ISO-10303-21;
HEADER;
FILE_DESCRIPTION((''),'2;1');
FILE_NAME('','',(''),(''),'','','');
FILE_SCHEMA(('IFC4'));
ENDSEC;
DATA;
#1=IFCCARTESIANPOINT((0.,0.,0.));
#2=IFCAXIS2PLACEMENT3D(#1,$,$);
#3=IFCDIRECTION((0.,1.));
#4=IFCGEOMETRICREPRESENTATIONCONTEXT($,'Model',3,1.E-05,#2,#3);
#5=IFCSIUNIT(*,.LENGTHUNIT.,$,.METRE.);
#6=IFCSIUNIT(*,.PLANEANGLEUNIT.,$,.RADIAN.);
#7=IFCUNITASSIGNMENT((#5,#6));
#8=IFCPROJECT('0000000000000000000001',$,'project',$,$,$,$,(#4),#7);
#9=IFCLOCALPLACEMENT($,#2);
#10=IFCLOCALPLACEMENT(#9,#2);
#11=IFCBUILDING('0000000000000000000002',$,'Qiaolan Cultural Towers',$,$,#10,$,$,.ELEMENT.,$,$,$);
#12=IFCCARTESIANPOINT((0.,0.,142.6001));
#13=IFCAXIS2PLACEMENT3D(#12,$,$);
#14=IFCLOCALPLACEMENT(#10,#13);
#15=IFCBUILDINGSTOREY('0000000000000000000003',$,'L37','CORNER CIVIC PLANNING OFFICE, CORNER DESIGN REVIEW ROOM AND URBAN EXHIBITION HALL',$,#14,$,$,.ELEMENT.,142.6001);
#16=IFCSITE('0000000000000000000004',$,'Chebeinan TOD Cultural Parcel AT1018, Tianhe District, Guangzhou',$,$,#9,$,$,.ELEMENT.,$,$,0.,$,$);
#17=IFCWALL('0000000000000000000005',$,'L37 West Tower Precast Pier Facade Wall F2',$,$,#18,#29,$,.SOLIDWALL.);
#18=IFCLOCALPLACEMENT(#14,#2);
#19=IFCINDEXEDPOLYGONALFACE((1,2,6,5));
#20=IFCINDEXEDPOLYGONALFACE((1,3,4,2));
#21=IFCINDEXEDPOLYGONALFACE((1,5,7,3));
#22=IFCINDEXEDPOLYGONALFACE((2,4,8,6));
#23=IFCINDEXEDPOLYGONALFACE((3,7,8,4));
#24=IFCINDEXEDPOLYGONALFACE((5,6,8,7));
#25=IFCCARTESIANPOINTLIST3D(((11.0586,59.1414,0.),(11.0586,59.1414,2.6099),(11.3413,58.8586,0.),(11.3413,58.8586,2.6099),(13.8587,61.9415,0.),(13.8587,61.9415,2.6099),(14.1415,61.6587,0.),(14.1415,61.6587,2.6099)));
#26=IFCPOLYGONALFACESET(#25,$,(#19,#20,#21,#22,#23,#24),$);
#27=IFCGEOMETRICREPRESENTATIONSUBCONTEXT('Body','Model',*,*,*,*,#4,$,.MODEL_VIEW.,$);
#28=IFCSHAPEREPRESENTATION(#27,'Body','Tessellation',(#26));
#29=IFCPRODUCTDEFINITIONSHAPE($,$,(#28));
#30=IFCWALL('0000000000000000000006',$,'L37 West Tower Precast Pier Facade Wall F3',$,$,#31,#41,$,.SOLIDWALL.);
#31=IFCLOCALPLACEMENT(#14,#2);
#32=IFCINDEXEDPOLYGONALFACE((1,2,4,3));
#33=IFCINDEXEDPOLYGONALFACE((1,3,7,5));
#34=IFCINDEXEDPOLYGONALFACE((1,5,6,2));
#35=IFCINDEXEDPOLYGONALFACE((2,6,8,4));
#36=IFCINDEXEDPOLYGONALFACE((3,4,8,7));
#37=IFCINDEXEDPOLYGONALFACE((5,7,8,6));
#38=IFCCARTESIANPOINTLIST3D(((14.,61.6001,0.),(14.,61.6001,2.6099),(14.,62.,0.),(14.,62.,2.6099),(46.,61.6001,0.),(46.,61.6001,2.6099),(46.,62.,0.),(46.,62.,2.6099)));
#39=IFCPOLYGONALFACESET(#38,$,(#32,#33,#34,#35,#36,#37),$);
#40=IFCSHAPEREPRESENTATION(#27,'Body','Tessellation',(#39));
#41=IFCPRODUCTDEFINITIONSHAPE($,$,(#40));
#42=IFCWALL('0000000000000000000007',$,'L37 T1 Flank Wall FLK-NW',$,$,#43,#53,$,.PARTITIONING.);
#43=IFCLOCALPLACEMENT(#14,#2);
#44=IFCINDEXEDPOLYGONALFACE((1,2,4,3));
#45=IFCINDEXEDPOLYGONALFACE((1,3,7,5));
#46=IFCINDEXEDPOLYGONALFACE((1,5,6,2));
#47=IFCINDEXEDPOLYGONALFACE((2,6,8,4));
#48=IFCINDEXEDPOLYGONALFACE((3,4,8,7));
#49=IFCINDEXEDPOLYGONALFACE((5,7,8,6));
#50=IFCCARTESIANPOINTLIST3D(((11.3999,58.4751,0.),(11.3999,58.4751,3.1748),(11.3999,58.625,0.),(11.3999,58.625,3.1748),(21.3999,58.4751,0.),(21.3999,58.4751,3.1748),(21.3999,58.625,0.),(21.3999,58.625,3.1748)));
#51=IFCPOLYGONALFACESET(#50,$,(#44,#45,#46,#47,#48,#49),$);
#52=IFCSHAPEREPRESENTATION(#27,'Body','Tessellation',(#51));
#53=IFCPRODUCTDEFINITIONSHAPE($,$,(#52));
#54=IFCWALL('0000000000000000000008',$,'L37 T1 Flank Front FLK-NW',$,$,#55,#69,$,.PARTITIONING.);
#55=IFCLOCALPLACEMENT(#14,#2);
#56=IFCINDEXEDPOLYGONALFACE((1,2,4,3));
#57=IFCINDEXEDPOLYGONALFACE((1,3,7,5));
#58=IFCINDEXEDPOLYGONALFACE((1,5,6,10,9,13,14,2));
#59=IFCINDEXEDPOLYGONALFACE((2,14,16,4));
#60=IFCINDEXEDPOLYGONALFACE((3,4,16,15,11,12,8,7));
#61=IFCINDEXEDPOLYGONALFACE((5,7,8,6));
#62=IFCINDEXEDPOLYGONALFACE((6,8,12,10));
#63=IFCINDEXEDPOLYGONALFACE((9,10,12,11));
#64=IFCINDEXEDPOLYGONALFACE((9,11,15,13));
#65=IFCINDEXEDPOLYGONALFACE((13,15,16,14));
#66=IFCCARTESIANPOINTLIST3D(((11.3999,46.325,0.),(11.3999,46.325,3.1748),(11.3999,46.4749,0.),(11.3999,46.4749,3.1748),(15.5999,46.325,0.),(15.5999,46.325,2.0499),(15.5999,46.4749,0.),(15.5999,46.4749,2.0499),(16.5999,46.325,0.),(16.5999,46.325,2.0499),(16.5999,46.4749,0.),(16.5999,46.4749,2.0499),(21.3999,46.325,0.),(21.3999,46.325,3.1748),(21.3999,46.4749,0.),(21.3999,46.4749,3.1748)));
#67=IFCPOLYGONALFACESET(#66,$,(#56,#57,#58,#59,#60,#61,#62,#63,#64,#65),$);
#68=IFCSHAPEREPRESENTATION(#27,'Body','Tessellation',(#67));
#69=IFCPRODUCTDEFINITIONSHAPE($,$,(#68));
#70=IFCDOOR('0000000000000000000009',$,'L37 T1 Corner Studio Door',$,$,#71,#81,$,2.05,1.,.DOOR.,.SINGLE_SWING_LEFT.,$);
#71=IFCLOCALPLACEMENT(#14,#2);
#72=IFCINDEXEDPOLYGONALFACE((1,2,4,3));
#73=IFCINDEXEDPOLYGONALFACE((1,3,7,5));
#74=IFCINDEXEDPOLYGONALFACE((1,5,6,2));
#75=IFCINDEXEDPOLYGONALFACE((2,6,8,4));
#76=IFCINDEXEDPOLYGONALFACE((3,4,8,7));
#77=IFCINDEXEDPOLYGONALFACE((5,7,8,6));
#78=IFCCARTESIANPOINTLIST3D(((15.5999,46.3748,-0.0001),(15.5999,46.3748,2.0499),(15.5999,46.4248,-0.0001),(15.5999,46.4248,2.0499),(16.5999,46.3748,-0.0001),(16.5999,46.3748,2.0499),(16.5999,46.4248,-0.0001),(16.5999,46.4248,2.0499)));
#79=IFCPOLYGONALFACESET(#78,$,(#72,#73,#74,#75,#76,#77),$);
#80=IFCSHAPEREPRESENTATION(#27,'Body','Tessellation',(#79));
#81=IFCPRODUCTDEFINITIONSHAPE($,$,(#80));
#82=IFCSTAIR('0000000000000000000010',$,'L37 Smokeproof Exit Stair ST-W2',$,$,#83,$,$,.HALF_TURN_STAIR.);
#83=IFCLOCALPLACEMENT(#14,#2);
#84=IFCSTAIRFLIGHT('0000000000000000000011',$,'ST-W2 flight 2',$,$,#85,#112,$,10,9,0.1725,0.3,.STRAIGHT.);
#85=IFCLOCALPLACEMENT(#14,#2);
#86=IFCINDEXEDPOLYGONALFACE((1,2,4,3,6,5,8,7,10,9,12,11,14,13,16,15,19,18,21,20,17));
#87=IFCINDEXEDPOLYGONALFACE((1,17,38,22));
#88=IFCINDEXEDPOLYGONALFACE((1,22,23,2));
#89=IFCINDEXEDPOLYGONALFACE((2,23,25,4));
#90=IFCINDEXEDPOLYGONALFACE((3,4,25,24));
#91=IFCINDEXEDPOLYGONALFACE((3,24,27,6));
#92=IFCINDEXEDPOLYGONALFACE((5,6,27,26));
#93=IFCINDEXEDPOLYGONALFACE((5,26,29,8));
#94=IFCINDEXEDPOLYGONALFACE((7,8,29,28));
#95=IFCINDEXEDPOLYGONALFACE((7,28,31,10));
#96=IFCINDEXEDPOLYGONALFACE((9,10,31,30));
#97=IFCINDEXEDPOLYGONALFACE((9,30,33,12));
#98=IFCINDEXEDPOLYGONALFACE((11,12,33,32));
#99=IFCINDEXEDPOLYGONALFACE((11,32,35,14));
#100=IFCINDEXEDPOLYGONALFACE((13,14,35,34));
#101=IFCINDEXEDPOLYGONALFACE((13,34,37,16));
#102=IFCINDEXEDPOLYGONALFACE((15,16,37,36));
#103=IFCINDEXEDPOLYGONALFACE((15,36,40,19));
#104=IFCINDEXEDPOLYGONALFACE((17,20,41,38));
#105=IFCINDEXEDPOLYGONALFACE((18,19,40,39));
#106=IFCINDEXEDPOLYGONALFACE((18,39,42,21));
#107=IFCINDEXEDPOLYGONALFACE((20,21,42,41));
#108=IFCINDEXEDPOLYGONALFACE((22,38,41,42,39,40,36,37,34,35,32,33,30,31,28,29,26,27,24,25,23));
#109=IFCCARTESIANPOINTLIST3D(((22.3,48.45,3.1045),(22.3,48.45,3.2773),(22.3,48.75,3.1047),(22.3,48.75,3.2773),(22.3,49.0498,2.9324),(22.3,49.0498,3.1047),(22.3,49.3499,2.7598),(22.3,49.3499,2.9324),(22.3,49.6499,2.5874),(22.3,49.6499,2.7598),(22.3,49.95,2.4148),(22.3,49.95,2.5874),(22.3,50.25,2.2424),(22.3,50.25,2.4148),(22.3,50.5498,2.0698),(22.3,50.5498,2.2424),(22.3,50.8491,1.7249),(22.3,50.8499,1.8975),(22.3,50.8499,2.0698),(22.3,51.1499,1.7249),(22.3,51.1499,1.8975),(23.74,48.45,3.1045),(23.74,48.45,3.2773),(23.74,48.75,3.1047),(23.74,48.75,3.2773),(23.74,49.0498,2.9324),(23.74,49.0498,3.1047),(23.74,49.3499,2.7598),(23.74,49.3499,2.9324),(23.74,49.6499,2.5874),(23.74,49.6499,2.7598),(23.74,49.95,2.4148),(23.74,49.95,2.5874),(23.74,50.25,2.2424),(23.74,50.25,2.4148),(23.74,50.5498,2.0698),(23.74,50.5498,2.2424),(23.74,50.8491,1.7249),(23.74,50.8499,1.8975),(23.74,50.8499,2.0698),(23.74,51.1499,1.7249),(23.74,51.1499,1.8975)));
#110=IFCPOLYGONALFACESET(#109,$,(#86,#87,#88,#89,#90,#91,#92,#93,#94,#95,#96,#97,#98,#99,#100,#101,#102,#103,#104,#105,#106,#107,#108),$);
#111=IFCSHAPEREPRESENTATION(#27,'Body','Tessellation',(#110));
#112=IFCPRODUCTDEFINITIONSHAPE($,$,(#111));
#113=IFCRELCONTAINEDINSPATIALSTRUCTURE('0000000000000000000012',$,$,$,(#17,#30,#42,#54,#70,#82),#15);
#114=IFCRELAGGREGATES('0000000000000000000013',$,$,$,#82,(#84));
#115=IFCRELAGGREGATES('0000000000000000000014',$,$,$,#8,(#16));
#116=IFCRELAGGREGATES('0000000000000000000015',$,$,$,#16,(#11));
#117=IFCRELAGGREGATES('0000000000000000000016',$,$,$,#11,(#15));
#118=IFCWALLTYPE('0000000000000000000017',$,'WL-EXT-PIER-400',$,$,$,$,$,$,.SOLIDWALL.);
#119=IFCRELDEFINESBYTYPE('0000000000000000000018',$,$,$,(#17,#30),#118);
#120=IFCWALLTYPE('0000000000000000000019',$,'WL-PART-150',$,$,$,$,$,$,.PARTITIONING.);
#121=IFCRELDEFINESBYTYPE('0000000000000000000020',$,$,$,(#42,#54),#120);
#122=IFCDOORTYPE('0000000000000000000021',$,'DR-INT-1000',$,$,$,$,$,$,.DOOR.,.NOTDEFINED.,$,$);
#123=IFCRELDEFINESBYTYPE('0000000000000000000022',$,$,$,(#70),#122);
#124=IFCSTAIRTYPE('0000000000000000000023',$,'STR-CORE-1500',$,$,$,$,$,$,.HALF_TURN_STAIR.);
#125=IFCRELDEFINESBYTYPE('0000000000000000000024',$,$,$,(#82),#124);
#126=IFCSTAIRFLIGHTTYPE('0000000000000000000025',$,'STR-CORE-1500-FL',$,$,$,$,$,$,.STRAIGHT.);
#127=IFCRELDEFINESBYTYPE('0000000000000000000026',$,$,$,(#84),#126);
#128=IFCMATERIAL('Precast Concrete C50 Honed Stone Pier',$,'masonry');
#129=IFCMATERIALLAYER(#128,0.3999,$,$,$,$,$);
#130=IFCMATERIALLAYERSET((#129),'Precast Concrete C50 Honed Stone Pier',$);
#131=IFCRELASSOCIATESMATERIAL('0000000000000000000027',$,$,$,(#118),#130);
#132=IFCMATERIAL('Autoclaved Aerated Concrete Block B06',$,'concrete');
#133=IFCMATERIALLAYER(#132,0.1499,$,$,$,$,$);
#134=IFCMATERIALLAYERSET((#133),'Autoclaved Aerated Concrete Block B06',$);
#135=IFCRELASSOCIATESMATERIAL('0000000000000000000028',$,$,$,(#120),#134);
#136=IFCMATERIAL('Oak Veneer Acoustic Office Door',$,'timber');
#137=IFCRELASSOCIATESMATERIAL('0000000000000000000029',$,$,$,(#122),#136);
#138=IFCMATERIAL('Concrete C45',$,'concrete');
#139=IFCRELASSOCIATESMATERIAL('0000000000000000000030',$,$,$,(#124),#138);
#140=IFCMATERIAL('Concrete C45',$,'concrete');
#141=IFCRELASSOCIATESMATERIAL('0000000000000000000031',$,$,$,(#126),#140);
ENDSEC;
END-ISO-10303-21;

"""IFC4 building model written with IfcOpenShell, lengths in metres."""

from ifc_helpers import new_model, si_unit, direction, frame, frame_2d, origin, place, context, subcontext, project, spatial, polyline, rectangle, outline, extrude, material, layer, layer_set, type_object, element, fill, aggregate, save


model = new_model("IFC4")

# Units and contexts
model_context = context("Model", 3, precision=1e-05, world=origin(), true_north=direction((0.0, 1.0)))
body_context = subcontext(model_context, "Body", "Model", "MODEL_VIEW")
ifc_project = project(units=[si_unit("LENGTHUNIT", "METRE"), si_unit("PLANEANGLEUNIT", "RADIAN")], contexts=[model_context])

# Site, building, storey
site_placement = place(None, origin())
site = spatial("IfcSite", under=ifc_project, at=site_placement, Name="Chebeinan TOD Cultural Parcel AT1018, Tianhe District, Guangzhou", CompositionType="ELEMENT", RefElevation=0.0)
building_placement = place(site_placement, origin())
building = spatial("IfcBuilding", under=site, at=building_placement, Name="Qiaolan Cultural Towers", CompositionType="ELEMENT")
storey_placement = place(building_placement, frame((0.0, 0.0, 142.6001)))
storey = spatial("IfcBuildingStorey", under=building, at=storey_placement, Name="L37", Description="CORNER CIVIC PLANNING OFFICE, CORNER DESIGN REVIEW ROOM AND URBAN EXHIBITION HALL", CompositionType="ELEMENT", Elevation=142.6001)

# Walls
ifc_material_1 = material(Name="Precast Concrete C50 Honed Stone Pier", Category="masonry")
ifc_layer_1 = layer(ifc_material_1, 0.3999)
ifc_layer_set_1 = layer_set([ifc_layer_1], Name="Precast Concrete C50 Honed Stone Pier")
wall_type_1 = type_object("IfcWallType", Name="WL-EXT-PIER-400", PredefinedType="SOLIDWALL", material=ifc_layer_set_1)
wall_1_placement = place(storey_placement, frame((11.2, 59.0, 0.0), z_axis=(0.0, 0.0, 1.0), x_axis=(0.707107, 0.707107, 0.0)))
element("IfcWall", 1, at=wall_1_placement, inside=storey, type_object=wall_type_1, Name="L37 West Tower Precast Pier Facade Wall F2", PredefinedType="SOLIDWALL", context=body_context, shape_type="SweptSolid", body=[
    extrude(rectangle(XDim=3.96, YDim=0.3999, at=frame_2d((1.98, 0.0))), origin(), (0.0, 0.0, 1.0), 2.6099),
])
wall_2_placement = place(storey_placement, frame((14.0, 61.8, 0.0), z_axis=(0.0, 0.0, 1.0), x_axis=(1.0, 0.0, 0.0)))
element("IfcWall", 2, at=wall_2_placement, inside=storey, type_object=wall_type_1, Name="L37 West Tower Precast Pier Facade Wall F3", PredefinedType="SOLIDWALL", context=body_context, shape_type="SweptSolid", body=[
    extrude(rectangle(XDim=32.0, YDim=0.3999, at=frame_2d((16.0, 0.0))), origin(), (0.0, 0.0, 1.0), 2.6099),
])
ifc_material_2 = material(Name="Autoclaved Aerated Concrete Block B06", Category="concrete")
ifc_layer_2 = layer(ifc_material_2, 0.1499)
ifc_layer_set_2 = layer_set([ifc_layer_2], Name="Autoclaved Aerated Concrete Block B06")
wall_type_2 = type_object("IfcWallType", Name="WL-PART-150", PredefinedType="PARTITIONING", material=ifc_layer_set_2)
wall_3_placement = place(storey_placement, frame((11.3999, 58.55, 0.0), z_axis=(0.0, 0.0, 1.0), x_axis=(1.0, 0.0, 0.0)))
element("IfcWall", 3, at=wall_3_placement, inside=storey, type_object=wall_type_2, Name="L37 T1 Flank Wall FLK-NW", PredefinedType="PARTITIONING", context=body_context, shape_type="SweptSolid", body=[
    extrude(rectangle(XDim=10.0, YDim=0.1499, at=frame_2d((5.0, 0.0))), origin(), (0.0, 0.0, 1.0), 3.1748),
])

# Wall, opening, door
wall_4_placement = place(storey_placement, frame((11.3999, 46.3999, 0.0), z_axis=(0.0, 0.0, 1.0), x_axis=(1.0, 0.0, 0.0)))
wall_4 = element("IfcWall", 4, at=wall_4_placement, inside=storey, type_object=wall_type_2, Name="L37 T1 Flank Front FLK-NW", PredefinedType="PARTITIONING", context=body_context, shape_type="SweptSolid", body=[
    extrude(rectangle(XDim=10.0, YDim=0.1499, at=frame_2d((5.0, 0.0))), origin(), (0.0, 0.0, 1.0), 3.1748),
])
opening_placement = place(wall_4_placement, frame((4.2, 0.0, 0.0)))
opening = element("IfcOpeningElement", 5, at=opening_placement, cuts=wall_4, PredefinedType="OPENING", context=body_context, shape_type="SweptSolid", body=[
    extrude(rectangle(XDim=1.0, YDim=2.05, at=frame_2d((0.5, 1.0249))), frame((0.0, 0.085, 0.0), z_axis=(0.0, -1.0, 0.0), x_axis=(1.0, 0.0, 0.0)), (0.0, 0.0, 1.0), 0.1699),
])
ifc_material_3 = material(Name="Oak Veneer Acoustic Office Door", Category="timber")
door_type = type_object("IfcDoorType", Name="DR-INT-1000", OperationType="NOTDEFINED", PredefinedType="DOOR", material=ifc_material_3)
door_placement = place(opening_placement, origin())
door = element("IfcDoor", 6, at=door_placement, inside=storey, type_object=door_type, Name="L37 T1 Corner Studio Door", OperationType="SINGLE_SWING_LEFT", OverallHeight=2.05, OverallWidth=1.0, PredefinedType="DOOR", context=body_context, shape_type="SweptSolid", body=[
    extrude(rectangle(XDim=1.0, YDim=2.05, at=frame_2d((0.5, 1.0249))), frame((0.0, 0.0249, 0.0), z_axis=(0.0, -1.0, 0.0), x_axis=(1.0, 0.0, 0.0)), (0.0, 0.0, 1.0), 0.05),
])
fill(opening, door)

# Stair, stair flight
ifc_material_4 = material(Name="Concrete C45", Category="concrete")
stair_type = type_object("IfcStairType", Name="STR-CORE-1500", PredefinedType="HALF_TURN_STAIR", material=ifc_material_4)
stair_placement = place(storey_placement, origin())
stair = element("IfcStair", 7, at=stair_placement, inside=storey, type_object=stair_type, Name="L37 Smokeproof Exit Stair ST-W2", PredefinedType="HALF_TURN_STAIR")
ifc_material_5 = material(Name="Concrete C45", Category="concrete")
stair_flight_type = type_object("IfcStairFlightType", Name="STR-CORE-1500-FL", PredefinedType="STRAIGHT", material=ifc_material_5)
stair_flight_placement = place(storey_placement, frame((23.02, 51.1499, 1.7249), z_axis=(0.0, 0.0, 1.0), x_axis=(0.0, -1.0, 0.0)))
stair_flight = element("IfcStairFlight", 8, at=stair_flight_placement, type_object=stair_flight_type, Name="ST-W2 flight 2", NumberOfRisers=10, NumberOfTreads=9, PredefinedType="STRAIGHT", RiserHeight=0.1725, TreadLength=0.3, context=body_context, shape_type="SweptSolid", body=[
    extrude(outline(polyline([(0.0, 0.0), (0.0, 0.1726), (0.3, 0.1726), (0.3, 0.345), (0.6001, 0.345), (0.6001, 0.5176), (0.8999, 0.5176), (0.8999, 0.6899), (1.2, 0.6899), (1.2, 0.8625), (1.5, 0.8625), (1.5, 1.0349), (1.8, 1.0349), (1.8, 1.2075), (2.1001, 1.2075), (2.1001, 1.3799), (2.3999, 1.3799), (2.3999, 1.5525), (2.7, 1.5525), (2.7, 1.7251), (2.7, 1.3796), (0.3008, 0.0), (0.0, 0.0)])), frame((0.0, 0.72, 0.0), z_axis=(0.0, -1.0, 0.0), x_axis=(1.0, 0.0, 0.0)), (0.0, 0.0, 1.0), 1.4399),
])
aggregate(stair, [stair_flight])

save(model, "model.ifc")
